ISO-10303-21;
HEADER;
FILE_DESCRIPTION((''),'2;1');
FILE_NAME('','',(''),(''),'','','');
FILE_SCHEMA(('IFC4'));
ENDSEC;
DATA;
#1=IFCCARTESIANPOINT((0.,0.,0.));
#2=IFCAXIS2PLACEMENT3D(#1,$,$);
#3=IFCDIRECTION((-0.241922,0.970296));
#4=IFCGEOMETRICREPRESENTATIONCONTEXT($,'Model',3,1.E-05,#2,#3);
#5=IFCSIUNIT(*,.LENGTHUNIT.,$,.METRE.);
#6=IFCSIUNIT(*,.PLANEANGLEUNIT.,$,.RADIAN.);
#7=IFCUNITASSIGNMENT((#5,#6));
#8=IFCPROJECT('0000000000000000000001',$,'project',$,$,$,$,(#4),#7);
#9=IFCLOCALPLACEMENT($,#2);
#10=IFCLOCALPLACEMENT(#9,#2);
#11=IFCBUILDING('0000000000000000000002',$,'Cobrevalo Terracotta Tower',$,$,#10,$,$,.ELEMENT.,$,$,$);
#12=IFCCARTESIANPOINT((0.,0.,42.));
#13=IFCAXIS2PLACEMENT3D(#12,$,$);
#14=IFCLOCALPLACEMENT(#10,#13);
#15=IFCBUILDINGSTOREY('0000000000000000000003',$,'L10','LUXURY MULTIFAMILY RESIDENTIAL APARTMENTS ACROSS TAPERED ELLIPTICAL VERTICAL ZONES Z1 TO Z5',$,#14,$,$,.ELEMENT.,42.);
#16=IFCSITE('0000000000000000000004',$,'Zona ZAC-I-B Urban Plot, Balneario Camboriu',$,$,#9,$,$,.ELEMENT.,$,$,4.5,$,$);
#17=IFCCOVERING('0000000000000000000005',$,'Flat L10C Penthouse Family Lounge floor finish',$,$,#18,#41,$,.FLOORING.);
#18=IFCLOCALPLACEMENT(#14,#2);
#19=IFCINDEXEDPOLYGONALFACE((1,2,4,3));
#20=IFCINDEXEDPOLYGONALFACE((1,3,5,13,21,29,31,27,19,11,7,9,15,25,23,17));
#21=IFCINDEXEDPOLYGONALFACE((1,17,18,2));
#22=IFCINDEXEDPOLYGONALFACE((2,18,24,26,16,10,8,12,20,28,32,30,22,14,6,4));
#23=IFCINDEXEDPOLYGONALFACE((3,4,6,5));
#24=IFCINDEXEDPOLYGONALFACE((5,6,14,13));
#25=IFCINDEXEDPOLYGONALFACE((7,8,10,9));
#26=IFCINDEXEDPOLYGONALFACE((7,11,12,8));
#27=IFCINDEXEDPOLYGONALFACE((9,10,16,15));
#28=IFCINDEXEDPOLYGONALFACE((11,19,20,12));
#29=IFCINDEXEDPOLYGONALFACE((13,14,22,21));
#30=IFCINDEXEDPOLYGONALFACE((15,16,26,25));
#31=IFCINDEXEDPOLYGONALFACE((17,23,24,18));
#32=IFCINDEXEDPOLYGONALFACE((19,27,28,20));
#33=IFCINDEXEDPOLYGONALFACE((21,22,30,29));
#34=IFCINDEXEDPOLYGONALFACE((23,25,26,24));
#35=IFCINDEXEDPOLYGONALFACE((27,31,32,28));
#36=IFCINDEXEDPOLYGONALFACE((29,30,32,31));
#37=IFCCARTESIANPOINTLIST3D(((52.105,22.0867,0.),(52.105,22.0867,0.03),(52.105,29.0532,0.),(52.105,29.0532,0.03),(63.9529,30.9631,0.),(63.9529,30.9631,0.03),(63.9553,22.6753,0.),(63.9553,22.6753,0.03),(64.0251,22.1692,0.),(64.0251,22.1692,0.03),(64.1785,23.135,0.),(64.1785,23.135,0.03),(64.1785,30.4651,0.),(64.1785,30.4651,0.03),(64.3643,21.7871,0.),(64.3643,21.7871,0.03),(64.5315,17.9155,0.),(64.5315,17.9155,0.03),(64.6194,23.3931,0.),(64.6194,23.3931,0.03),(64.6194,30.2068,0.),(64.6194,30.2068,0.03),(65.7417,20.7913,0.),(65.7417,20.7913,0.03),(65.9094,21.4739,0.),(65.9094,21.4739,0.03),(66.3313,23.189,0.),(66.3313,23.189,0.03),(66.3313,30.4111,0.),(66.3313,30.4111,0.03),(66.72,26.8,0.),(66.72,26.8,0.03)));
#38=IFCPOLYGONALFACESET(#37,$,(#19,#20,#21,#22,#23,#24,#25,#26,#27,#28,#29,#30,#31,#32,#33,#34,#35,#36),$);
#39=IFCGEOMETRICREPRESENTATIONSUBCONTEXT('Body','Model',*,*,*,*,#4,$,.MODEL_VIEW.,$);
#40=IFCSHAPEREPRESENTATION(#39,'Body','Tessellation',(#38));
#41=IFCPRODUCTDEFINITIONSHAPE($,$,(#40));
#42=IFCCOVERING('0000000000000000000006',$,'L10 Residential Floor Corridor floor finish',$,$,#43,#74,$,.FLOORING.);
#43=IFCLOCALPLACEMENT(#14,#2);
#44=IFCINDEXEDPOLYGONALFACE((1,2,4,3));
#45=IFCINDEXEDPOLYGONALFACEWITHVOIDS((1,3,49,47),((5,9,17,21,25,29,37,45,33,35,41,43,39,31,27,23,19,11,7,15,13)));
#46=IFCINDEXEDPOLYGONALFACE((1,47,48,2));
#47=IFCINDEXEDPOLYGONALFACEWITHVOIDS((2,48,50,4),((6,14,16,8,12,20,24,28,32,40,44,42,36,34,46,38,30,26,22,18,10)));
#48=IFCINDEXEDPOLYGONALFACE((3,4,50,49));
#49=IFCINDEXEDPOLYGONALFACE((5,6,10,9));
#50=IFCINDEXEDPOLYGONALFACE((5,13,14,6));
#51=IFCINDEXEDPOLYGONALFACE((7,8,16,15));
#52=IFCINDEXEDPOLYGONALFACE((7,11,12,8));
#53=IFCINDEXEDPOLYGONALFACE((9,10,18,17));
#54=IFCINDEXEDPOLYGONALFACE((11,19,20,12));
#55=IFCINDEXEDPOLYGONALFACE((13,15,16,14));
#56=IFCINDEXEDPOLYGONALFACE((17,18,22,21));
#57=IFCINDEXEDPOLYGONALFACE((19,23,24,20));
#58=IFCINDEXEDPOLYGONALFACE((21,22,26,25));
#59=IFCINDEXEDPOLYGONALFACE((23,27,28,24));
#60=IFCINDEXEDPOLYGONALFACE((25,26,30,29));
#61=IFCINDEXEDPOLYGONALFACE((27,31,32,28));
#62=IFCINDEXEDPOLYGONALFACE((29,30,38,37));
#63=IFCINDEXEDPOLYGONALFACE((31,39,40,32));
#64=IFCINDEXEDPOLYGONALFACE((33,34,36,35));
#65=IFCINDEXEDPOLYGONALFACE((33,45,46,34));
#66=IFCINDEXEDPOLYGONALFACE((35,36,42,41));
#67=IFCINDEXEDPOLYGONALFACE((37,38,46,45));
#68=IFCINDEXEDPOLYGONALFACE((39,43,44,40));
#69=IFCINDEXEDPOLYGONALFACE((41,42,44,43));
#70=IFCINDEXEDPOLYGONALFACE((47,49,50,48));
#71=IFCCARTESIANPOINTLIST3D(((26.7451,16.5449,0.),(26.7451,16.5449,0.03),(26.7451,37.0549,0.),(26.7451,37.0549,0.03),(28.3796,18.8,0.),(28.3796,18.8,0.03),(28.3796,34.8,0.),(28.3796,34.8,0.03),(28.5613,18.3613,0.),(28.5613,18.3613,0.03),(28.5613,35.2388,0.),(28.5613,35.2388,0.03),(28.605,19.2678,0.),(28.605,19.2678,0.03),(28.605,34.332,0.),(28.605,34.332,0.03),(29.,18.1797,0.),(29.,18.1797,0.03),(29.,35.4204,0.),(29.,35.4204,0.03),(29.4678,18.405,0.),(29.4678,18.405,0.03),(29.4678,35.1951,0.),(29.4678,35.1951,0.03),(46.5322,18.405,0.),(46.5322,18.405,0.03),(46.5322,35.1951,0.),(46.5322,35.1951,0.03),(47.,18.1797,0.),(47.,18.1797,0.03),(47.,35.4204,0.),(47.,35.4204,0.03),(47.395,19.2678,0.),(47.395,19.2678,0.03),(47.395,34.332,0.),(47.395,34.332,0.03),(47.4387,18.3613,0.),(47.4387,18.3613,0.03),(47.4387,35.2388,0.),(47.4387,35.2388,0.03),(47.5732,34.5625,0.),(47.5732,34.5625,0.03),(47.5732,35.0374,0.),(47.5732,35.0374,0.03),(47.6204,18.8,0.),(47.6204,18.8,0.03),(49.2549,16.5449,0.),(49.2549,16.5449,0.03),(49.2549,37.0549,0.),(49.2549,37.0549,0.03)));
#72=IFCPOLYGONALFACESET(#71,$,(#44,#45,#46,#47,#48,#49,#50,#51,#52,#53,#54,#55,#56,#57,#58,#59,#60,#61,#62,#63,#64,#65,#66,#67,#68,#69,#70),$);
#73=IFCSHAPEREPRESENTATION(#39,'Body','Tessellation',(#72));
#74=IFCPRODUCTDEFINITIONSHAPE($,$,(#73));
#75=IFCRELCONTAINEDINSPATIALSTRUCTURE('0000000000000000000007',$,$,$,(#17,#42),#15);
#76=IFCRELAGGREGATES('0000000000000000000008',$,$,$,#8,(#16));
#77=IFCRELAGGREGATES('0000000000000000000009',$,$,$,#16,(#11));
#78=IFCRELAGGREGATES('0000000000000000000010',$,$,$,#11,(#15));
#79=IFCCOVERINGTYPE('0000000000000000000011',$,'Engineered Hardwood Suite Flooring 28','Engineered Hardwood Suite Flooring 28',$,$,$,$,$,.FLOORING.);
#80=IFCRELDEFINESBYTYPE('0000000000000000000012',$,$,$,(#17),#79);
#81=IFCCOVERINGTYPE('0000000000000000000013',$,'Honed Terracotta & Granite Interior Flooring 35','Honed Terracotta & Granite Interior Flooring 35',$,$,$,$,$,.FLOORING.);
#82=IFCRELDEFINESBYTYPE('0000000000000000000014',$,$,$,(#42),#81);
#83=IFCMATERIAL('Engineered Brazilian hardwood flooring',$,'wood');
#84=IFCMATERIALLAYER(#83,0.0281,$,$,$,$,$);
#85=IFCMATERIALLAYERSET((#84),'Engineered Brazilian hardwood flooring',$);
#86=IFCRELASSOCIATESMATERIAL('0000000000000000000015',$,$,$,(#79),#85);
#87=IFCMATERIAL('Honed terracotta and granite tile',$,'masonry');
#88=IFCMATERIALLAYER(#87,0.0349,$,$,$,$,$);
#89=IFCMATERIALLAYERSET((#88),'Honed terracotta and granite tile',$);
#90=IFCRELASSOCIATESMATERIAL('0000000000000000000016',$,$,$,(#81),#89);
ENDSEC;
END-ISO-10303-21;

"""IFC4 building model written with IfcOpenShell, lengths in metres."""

from ifc_helpers import new_model, si_unit, direction, frame, origin, place, context, subcontext, project, spatial, polyline, outline, extrude, material, layer, layer_set, type_object, element, save


model = new_model("IFC4")

# Units and contexts
model_context = context("Model", 3, precision=1e-05, world=origin(), true_north=direction((-0.241922, 0.970296)))
body_context = subcontext(model_context, "Body", "Model", "MODEL_VIEW")
ifc_project = project(units=[si_unit("LENGTHUNIT", "METRE"), si_unit("PLANEANGLEUNIT", "RADIAN")], contexts=[model_context])

# Site, building, storey
site_placement = place(None, origin())
site = spatial("IfcSite", under=ifc_project, at=site_placement, Name="Zona ZAC-I-B Urban Plot, Balneario Camboriu", CompositionType="ELEMENT", RefElevation=4.5)
building_placement = place(site_placement, origin())
building = spatial("IfcBuilding", under=site, at=building_placement, Name="Cobrevalo Terracotta Tower", CompositionType="ELEMENT")
storey_placement = place(building_placement, frame((0.0, 0.0, 42.0)))
storey = spatial("IfcBuildingStorey", under=building, at=storey_placement, Name="L10", Description="LUXURY MULTIFAMILY RESIDENTIAL APARTMENTS ACROSS TAPERED ELLIPTICAL VERTICAL ZONES Z1 TO Z5", CompositionType="ELEMENT", Elevation=42.0)

# Coverings
ifc_material_1 = material(Name="Engineered Brazilian hardwood flooring", Category="wood")
ifc_layer_1 = layer(ifc_material_1, 0.0281)
ifc_layer_set_1 = layer_set([ifc_layer_1], Name="Engineered Brazilian hardwood flooring")
covering_type_1 = type_object("IfcCoveringType", Name="Engineered Hardwood Suite Flooring 28", Description="Engineered Hardwood Suite Flooring 28", PredefinedType="FLOORING", material=ifc_layer_set_1)
covering_1_placement = place(storey_placement, origin())
element("IfcCovering", 1, at=covering_1_placement, inside=storey, type_object=covering_type_1, Name="Flat L10C Penthouse Family Lounge floor finish", PredefinedType="FLOORING", context=body_context, shape_type="SweptSolid", body=[
    extrude(outline(polyline([(52.105, 22.0867), (52.105, 29.0532), (63.9529, 30.9631), (64.1785, 30.4651), (64.6194, 30.2068), (66.3313, 30.4111), (66.72, 26.8), (66.3313, 23.189), (64.6194, 23.3931), (64.1785, 23.135), (63.9553, 22.6753), (64.0251, 22.1692), (64.3643, 21.7871), (65.9094, 21.4739), (65.7417, 20.7913), (64.5315, 17.9155), (52.105, 22.0867)])), origin(), (0.0, 0.0, 1.0), 0.03),
])
ifc_material_2 = material(Name="Honed terracotta and granite tile", Category="masonry")
ifc_layer_2 = layer(ifc_material_2, 0.0349)
ifc_layer_set_2 = layer_set([ifc_layer_2], Name="Honed terracotta and granite tile")
covering_type_2 = type_object("IfcCoveringType", Name="Honed Terracotta & Granite Interior Flooring 35", Description="Honed Terracotta & Granite Interior Flooring 35", PredefinedType="FLOORING", material=ifc_layer_set_2)
covering_2_placement = place(storey_placement, origin())
element("IfcCovering", 2, at=covering_2_placement, inside=storey, type_object=covering_type_2, Name="L10 Residential Floor Corridor floor finish", PredefinedType="FLOORING", context=body_context, shape_type="SweptSolid", body=[
    extrude(outline(polyline([(49.2549, 37.0549), (49.2549, 16.5449), (26.7451, 16.5449), (26.7451, 37.0549), (49.2549, 37.0549)]), holes=[polyline([(47.395, 34.332), (47.5732, 34.5625), (47.5732, 35.0374), (47.4387, 35.2388), (47.0, 35.4204), (46.5322, 35.1951), (29.4678, 35.1951), (29.0, 35.4204), (28.5613, 35.2388), (28.3796, 34.8), (28.605, 34.332), (28.605, 19.2678), (28.3796, 18.8), (28.5613, 18.3613), (29.0, 18.1797), (29.4678, 18.405), (46.5322, 18.405), (47.0, 18.1797), (47.4387, 18.3613), (47.6204, 18.8), (47.395, 19.2678), (47.395, 34.332)])]), origin(), (0.0, 0.0, 1.0), 0.03),
])

save(model, "model.ifc")
